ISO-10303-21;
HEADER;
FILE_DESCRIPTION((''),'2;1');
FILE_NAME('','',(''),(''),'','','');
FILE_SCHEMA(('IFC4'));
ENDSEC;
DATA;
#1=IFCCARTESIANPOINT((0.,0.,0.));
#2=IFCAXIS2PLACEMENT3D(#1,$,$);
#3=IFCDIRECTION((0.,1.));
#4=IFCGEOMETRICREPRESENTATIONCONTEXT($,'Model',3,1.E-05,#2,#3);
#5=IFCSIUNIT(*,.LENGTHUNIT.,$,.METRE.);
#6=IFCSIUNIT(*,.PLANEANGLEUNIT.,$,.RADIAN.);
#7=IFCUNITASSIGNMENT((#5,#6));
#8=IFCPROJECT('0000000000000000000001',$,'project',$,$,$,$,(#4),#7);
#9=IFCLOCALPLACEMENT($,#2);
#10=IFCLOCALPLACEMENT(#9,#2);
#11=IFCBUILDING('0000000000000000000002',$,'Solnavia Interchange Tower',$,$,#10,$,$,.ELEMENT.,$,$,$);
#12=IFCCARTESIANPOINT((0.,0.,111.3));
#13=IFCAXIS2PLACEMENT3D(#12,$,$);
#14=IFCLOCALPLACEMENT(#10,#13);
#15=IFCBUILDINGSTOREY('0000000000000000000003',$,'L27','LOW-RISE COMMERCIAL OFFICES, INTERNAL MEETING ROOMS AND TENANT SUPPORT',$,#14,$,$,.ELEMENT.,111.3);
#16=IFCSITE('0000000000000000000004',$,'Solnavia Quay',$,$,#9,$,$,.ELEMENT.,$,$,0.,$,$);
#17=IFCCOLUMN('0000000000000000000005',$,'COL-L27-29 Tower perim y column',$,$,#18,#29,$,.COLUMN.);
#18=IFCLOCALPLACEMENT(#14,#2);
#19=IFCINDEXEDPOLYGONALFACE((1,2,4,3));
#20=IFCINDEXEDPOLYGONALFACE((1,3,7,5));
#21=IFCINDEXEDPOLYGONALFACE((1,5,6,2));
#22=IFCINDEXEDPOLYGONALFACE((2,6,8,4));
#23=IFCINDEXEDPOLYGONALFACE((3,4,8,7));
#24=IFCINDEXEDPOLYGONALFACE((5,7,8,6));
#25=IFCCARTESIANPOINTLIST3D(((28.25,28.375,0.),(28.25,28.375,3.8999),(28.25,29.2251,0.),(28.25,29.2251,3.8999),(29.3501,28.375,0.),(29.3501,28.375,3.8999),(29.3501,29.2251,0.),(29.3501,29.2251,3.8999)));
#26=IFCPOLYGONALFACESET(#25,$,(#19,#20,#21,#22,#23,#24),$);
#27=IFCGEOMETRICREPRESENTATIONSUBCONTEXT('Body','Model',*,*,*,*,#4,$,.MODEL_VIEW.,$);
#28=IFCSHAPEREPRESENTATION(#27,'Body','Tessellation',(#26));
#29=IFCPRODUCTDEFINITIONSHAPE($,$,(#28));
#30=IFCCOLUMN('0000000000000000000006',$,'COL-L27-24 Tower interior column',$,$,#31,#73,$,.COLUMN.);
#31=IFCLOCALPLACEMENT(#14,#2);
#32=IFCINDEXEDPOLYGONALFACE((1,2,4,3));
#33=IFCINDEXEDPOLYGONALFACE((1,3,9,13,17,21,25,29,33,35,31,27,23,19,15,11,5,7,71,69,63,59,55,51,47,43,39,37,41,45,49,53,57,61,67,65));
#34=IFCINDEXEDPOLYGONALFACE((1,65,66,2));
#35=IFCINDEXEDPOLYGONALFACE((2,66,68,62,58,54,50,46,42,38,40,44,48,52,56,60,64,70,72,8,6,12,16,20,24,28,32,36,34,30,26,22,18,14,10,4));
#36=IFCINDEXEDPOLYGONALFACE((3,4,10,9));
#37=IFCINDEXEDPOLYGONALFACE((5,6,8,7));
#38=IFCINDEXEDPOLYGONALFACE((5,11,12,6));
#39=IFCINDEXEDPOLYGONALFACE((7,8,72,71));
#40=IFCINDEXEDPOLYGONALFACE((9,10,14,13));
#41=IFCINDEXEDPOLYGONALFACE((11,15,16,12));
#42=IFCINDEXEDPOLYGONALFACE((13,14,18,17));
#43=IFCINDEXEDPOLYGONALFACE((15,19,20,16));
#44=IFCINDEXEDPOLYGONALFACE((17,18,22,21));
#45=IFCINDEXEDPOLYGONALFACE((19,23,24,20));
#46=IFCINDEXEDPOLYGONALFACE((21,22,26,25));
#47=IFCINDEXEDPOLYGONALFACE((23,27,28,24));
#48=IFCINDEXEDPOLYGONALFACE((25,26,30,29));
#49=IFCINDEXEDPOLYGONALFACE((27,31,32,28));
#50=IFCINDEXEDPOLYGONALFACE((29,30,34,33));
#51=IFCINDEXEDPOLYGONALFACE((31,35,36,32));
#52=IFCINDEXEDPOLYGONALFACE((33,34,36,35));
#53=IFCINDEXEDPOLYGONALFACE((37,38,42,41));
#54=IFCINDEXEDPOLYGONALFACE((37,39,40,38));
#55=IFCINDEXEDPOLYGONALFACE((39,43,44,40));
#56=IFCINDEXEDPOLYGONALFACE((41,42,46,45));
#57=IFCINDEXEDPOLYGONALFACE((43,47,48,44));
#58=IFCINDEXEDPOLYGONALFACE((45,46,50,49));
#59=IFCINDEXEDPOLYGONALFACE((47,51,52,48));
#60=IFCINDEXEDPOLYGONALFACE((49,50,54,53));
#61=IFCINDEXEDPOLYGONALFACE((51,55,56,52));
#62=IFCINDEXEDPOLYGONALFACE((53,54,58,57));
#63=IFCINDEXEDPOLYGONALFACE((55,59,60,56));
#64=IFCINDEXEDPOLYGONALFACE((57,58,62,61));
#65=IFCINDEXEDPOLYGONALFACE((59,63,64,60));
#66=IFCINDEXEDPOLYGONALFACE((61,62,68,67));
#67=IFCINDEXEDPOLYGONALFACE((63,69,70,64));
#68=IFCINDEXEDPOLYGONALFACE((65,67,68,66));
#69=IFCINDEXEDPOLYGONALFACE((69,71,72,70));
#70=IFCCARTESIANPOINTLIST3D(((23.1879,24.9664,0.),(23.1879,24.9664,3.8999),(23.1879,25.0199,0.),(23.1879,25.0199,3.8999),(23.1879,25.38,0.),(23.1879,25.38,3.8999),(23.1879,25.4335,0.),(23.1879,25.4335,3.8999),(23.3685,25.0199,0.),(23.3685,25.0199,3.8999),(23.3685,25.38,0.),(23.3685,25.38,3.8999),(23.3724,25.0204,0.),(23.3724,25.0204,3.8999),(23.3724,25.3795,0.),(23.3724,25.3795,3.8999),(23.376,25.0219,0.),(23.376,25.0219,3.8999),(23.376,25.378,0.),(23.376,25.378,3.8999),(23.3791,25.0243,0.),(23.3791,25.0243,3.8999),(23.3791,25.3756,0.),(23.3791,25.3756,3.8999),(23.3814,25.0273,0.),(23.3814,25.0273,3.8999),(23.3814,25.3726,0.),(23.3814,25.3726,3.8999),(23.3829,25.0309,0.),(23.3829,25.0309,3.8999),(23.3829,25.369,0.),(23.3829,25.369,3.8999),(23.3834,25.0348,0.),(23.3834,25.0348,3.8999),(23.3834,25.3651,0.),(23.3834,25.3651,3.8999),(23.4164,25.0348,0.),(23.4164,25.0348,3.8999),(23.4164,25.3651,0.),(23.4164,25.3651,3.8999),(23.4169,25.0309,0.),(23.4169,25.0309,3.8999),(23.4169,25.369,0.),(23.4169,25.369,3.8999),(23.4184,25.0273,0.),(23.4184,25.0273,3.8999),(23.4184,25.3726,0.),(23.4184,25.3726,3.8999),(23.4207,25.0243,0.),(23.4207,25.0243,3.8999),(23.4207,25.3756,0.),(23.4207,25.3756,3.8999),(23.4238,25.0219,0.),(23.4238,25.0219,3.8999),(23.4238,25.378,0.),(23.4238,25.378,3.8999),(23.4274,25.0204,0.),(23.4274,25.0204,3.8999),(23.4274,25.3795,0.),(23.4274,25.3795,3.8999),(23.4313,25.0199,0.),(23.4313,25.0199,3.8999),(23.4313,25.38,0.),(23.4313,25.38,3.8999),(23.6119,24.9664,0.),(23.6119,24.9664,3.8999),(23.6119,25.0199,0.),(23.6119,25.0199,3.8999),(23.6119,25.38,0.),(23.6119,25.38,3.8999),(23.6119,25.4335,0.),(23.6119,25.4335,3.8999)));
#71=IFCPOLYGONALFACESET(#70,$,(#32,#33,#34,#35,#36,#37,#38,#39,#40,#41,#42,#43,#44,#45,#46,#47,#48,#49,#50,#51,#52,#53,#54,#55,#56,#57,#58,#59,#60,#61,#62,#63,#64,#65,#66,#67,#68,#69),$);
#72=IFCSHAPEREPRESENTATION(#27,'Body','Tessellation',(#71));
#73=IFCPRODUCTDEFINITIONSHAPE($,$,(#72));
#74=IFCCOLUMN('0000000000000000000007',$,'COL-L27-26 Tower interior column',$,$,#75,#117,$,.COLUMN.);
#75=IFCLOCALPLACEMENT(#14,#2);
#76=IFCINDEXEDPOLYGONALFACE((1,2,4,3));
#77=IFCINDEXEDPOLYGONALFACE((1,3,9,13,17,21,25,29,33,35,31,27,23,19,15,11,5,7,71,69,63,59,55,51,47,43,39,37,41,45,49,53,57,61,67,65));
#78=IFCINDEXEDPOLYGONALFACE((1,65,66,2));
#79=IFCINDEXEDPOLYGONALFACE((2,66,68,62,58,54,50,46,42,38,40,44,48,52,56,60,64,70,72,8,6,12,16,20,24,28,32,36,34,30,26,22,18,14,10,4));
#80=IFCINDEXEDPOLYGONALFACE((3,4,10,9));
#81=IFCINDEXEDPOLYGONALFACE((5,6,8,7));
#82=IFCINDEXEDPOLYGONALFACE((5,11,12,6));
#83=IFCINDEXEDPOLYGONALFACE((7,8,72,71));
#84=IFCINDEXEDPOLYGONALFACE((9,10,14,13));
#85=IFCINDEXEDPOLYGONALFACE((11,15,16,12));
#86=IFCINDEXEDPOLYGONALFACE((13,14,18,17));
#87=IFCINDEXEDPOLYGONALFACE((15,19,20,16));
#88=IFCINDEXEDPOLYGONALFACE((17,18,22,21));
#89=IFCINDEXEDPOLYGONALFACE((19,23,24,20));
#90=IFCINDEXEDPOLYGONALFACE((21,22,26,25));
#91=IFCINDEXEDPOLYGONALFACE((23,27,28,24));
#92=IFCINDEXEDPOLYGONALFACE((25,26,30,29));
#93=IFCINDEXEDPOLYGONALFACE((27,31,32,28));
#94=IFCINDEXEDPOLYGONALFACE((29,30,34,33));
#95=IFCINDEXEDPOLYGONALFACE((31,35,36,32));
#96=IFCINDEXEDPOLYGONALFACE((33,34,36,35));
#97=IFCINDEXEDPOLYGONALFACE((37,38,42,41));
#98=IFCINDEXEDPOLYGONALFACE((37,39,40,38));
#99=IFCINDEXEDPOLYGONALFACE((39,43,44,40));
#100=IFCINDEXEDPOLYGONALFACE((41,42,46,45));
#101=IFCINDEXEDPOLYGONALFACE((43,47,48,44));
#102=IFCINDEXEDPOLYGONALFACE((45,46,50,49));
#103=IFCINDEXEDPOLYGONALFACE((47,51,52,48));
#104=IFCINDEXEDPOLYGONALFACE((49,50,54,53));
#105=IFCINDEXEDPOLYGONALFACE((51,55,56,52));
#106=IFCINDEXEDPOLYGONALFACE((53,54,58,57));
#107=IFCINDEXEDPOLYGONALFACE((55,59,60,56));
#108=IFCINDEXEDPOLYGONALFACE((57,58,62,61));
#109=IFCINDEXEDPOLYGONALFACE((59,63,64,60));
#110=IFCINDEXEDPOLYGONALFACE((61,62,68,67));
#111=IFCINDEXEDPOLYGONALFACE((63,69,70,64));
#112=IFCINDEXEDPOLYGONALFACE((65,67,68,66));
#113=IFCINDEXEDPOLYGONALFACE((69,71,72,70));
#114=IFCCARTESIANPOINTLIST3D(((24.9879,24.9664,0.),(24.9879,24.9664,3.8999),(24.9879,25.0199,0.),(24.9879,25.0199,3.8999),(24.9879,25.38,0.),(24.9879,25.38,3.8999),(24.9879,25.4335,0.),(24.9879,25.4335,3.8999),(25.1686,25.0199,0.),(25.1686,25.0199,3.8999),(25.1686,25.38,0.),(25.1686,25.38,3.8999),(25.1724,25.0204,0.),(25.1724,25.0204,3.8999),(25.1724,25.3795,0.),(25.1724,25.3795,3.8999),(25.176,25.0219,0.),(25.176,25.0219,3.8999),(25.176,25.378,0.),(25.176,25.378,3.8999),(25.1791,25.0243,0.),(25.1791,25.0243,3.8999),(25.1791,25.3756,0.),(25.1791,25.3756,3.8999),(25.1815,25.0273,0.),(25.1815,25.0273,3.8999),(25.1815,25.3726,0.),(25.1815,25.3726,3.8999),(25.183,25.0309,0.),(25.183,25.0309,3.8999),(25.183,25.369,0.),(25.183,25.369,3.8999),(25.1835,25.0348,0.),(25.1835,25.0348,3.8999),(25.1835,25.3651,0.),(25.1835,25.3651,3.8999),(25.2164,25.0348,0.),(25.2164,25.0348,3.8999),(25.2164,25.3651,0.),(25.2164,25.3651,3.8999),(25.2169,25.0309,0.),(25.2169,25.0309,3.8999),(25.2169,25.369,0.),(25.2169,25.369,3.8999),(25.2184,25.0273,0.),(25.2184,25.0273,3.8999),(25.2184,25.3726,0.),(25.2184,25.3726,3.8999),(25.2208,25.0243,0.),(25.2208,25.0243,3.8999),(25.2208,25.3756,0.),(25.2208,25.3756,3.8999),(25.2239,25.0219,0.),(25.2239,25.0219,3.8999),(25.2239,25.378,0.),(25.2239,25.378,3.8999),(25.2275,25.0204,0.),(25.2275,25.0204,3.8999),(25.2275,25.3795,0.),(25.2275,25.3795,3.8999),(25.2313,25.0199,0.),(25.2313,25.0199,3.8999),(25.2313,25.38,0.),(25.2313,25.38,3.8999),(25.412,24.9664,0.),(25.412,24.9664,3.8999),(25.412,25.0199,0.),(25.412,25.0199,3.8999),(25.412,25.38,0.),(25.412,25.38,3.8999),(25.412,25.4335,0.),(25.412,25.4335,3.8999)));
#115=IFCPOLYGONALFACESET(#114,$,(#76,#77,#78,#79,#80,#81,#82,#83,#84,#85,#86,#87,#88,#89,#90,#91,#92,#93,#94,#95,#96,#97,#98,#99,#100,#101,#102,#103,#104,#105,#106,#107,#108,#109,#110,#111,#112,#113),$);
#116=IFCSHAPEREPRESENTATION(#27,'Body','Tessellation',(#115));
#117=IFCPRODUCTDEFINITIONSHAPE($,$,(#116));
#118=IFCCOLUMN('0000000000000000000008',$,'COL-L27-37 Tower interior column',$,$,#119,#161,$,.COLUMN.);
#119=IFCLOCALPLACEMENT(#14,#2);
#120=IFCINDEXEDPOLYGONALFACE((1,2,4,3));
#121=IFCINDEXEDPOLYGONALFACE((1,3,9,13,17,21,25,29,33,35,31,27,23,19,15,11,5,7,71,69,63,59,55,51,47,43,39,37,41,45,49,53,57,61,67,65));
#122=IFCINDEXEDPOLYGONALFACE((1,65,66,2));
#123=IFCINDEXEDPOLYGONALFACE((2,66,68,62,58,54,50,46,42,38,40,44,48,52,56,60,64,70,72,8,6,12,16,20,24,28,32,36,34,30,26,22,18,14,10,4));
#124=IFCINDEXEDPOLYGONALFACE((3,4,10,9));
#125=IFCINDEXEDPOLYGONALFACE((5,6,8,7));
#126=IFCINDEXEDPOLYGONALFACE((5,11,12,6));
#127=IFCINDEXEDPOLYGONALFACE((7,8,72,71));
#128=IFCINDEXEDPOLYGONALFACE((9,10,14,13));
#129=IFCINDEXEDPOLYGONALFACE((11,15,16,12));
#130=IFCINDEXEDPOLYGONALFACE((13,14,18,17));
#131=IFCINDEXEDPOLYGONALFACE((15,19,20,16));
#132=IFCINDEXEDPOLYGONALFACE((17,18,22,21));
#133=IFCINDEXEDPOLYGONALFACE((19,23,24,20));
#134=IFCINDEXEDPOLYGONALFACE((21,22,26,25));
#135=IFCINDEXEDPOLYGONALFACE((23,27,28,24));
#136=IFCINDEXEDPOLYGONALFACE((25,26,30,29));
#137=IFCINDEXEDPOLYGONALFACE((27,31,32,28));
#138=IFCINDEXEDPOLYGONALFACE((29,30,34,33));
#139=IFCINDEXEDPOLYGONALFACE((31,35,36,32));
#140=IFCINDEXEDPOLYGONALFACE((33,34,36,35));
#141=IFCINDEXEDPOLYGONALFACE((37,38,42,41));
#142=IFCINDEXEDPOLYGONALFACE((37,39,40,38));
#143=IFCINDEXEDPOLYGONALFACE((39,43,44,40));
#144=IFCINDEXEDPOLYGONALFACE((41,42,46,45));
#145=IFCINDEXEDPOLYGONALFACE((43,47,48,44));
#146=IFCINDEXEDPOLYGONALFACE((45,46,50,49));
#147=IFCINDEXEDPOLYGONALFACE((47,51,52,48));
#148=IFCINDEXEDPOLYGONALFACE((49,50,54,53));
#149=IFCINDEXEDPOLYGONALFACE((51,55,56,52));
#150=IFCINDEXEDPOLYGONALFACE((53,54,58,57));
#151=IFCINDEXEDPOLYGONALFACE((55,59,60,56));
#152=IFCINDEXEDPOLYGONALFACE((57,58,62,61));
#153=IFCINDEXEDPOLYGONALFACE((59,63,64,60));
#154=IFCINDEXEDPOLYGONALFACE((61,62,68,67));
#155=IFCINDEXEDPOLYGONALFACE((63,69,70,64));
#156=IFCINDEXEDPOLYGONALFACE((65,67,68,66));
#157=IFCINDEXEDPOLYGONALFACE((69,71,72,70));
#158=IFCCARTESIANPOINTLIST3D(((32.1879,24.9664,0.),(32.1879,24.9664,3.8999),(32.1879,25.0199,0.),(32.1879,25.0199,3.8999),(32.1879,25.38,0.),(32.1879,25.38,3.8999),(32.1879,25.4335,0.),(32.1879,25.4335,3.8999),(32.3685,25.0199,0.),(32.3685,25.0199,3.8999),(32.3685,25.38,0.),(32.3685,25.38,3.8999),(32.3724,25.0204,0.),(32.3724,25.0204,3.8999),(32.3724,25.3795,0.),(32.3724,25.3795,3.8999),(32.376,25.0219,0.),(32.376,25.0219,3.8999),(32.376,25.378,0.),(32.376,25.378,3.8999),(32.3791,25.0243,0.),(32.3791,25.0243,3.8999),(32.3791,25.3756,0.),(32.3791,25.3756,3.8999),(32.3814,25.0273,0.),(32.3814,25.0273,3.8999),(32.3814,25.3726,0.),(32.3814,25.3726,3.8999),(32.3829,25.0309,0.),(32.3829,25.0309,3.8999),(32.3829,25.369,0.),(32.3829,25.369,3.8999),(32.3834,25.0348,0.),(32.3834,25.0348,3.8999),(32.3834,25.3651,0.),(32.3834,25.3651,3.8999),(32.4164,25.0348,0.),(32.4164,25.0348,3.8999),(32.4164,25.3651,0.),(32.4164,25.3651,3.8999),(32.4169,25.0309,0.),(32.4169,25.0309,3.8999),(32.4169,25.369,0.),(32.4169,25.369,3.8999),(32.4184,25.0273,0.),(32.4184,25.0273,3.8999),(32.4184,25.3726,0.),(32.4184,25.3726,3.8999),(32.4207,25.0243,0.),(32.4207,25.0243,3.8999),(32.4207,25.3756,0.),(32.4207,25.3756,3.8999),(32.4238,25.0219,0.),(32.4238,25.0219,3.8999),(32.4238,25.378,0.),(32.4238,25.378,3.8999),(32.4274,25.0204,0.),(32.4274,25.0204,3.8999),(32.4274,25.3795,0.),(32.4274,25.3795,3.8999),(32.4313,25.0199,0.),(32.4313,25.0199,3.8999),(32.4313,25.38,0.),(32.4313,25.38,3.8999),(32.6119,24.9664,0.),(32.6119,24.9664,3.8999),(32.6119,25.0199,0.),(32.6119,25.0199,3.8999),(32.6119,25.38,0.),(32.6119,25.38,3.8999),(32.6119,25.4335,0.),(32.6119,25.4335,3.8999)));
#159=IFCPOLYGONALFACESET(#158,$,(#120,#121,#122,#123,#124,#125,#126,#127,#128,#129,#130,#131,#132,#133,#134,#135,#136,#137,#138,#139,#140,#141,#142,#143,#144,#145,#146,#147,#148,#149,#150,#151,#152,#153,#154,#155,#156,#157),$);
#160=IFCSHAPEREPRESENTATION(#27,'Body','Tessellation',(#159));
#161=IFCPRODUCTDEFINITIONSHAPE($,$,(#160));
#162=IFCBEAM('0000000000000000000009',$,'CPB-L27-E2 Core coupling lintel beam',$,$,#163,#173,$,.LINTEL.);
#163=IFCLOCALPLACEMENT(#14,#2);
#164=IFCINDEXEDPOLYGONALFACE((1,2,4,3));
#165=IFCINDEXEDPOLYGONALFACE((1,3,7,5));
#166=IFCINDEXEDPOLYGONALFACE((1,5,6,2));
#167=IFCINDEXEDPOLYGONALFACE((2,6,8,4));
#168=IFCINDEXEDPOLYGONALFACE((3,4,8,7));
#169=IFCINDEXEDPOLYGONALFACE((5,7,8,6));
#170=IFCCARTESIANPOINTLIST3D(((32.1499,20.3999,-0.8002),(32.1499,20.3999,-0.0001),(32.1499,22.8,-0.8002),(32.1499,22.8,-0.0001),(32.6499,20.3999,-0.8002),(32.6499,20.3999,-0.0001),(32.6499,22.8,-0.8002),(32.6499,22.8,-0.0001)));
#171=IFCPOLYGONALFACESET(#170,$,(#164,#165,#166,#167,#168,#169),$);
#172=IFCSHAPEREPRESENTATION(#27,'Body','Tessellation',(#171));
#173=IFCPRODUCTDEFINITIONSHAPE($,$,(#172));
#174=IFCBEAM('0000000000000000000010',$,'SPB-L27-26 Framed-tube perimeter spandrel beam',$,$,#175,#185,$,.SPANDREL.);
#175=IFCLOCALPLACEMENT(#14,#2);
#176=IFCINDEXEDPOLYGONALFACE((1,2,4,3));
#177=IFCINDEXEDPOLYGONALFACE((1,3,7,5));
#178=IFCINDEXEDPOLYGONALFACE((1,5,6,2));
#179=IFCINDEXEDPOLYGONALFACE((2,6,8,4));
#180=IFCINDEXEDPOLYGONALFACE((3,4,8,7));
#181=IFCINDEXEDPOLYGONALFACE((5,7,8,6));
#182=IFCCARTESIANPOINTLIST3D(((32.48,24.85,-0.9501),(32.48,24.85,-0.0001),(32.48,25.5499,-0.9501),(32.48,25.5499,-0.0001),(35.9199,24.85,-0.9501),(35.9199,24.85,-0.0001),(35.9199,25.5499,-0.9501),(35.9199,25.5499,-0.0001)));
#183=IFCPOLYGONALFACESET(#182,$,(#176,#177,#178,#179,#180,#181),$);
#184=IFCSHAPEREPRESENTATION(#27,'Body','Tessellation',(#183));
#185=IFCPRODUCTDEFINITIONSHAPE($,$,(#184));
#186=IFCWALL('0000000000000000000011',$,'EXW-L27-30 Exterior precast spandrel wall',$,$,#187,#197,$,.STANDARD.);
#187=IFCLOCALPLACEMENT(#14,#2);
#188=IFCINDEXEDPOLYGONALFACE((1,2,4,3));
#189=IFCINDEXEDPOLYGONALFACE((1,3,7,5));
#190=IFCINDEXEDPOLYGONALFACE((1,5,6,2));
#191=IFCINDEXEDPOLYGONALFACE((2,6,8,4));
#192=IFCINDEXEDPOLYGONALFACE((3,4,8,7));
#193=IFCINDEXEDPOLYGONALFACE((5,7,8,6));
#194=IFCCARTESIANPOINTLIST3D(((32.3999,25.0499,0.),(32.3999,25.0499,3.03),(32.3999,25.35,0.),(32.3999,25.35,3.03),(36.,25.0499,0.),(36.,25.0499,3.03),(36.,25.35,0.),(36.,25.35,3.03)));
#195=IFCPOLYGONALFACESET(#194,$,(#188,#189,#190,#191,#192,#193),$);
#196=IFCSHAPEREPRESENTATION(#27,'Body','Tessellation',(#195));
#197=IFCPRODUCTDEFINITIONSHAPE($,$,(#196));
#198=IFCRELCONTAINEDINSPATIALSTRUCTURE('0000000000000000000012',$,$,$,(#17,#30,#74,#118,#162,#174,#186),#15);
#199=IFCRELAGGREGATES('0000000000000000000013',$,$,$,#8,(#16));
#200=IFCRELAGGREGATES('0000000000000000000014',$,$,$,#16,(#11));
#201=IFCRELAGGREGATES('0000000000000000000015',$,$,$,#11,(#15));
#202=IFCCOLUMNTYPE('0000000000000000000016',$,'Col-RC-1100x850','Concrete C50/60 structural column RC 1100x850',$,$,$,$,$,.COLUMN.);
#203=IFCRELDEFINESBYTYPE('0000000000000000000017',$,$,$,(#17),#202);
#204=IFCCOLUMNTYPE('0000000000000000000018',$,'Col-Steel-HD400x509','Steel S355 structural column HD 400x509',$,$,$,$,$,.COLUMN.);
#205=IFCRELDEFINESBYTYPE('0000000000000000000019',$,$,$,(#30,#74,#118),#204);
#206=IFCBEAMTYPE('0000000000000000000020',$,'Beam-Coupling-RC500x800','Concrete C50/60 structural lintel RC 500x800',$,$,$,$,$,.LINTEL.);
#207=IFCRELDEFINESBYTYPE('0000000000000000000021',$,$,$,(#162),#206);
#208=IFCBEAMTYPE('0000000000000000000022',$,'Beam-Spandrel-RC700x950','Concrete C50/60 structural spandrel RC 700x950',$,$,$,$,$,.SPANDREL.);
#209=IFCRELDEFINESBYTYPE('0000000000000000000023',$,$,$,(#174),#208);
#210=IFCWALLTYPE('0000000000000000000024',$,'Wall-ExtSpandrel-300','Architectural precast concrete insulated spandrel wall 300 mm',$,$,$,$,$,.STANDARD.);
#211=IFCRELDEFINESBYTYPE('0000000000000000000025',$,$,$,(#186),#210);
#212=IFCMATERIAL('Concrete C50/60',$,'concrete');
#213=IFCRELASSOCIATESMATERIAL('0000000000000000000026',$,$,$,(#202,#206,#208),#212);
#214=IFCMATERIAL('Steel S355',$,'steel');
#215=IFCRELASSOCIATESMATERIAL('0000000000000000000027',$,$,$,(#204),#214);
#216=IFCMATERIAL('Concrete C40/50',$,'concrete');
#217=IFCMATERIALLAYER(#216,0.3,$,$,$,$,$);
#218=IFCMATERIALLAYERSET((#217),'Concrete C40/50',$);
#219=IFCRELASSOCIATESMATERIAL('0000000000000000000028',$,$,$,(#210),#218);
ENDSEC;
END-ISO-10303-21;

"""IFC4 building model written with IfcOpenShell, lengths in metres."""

from ifc_helpers import new_model, si_unit, direction, frame, frame_2d, origin, origin_2d, place, context, subcontext, project, spatial, rectangle, i_section, extrude, material, layer, layer_set, material_profile, profile_set, type_object, element, save


model = new_model("IFC4")

# Units and contexts
model_context = context("Model", 3, precision=1e-05, world=origin(), true_north=direction((0.0, 1.0)))
body_context = subcontext(model_context, "Body", "Model", "MODEL_VIEW")
ifc_project = project(units=[si_unit("LENGTHUNIT", "METRE"), si_unit("PLANEANGLEUNIT", "RADIAN")], contexts=[model_context])

# Site, building, storey
site_placement = place(None, origin())
site = spatial("IfcSite", under=ifc_project, at=site_placement, Name="Solnavia Quay", CompositionType="ELEMENT", RefElevation=0.0)
building_placement = place(site_placement, origin())
building = spatial("IfcBuilding", under=site, at=building_placement, Name="Solnavia Interchange Tower", CompositionType="ELEMENT")
storey_placement = place(building_placement, frame((0.0, 0.0, 111.3)))
storey = spatial("IfcBuildingStorey", under=building, at=storey_placement, Name="L27", Description="LOW-RISE COMMERCIAL OFFICES, INTERNAL MEETING ROOMS AND TENANT SUPPORT", CompositionType="ELEMENT", Elevation=111.3)

# Columns
ifc_material_1 = material(Name="Concrete C50/60", Category="concrete")
ifc_material_profile_1 = material_profile(ifc_material_1, rectangle(XDim=0.8501, YDim=1.1001, at=origin_2d()), Name="RC 1100x850")
ifc_profile_set_1 = profile_set([ifc_material_profile_1], Name="Concrete C50/60")
column_type_1 = type_object("IfcColumnType", Name="Col-RC-1100x850", Description="Concrete C50/60 structural column RC 1100x850", PredefinedType="COLUMN", material=ifc_profile_set_1)
column_placement = place(storey_placement, frame((28.8, 28.8, 0.0), z_axis=(0.0, 0.0, 1.0), x_axis=(0.0, 1.0, 0.0)))
element("IfcColumn", 1, at=column_placement, inside=storey, type_object=column_type_1, Name="COL-L27-29 Tower perim y column", PredefinedType="COLUMN", context=body_context, shape_type="SweptSolid", body=[
    extrude(rectangle(XDim=0.8501, YDim=1.1001, at=origin_2d()), origin(), (0.0, 0.0, 1.0), 3.8999),
])
ifc_material_2 = material(Name="Steel S355", Category="steel")
ifc_material_profile_2 = material_profile(ifc_material_2, i_section(OverallWidth=0.4241, OverallDepth=0.467, WebThickness=0.033, FlangeThickness=0.0535, FilletRadius=0.0149, at=origin_2d()), Name="HD 400x509")
ifc_profile_set_2 = profile_set([ifc_material_profile_2], Name="Steel S355")
column_type_2 = type_object("IfcColumnType", Name="Col-Steel-HD400x509", Description="Steel S355 structural column HD 400x509", PredefinedType="COLUMN", material=ifc_profile_set_2)
for number, where, z_axis, x_axis, name in (
    (2, (23.3999, 25.2, 0.0), (0.0, 0.0, 1.0), (1.0, 0.0, 0.0), "COL-L27-24 Tower interior column"),
    (3, (25.2, 25.2, 0.0), (0.0, 0.0, 1.0), (1.0, 0.0, 0.0), "COL-L27-26 Tower interior column"),
    (4, (32.3999, 25.2, 0.0), (0.0, 0.0, 1.0), (1.0, 0.0, 0.0), "COL-L27-37 Tower interior column"),
):
    element("IfcColumn", number, at=place(storey_placement, frame(where, z_axis=z_axis, x_axis=x_axis)), inside=storey, type_object=column_type_2, Name=name, PredefinedType="COLUMN", context=body_context, shape_type="SweptSolid", body=[
        extrude(i_section(OverallWidth=0.4241, OverallDepth=0.467, WebThickness=0.033, FlangeThickness=0.0535, FilletRadius=0.0149, at=origin_2d()), origin(), (0.0, 0.0, 1.0), 3.8999),
    ])

# Beams
ifc_material_profile_3 = material_profile(ifc_material_1, rectangle(XDim=0.5, YDim=0.8, at=origin_2d()), Name="RC 500x800")
ifc_profile_set_3 = profile_set([ifc_material_profile_3], Name="Concrete C50/60")
beam_type_1 = type_object("IfcBeamType", Name="Beam-Coupling-RC500x800", Description="Concrete C50/60 structural lintel RC 500x800", PredefinedType="LINTEL", material=ifc_profile_set_3)
beam_1_placement = place(storey_placement, frame((32.3999, 20.3999, -0.4001), z_axis=(0.0, 1.0, 0.0), x_axis=(-1.0, 0.0, 0.0)))
element("IfcBeam", 5, at=beam_1_placement, inside=storey, type_object=beam_type_1, Name="CPB-L27-E2 Core coupling lintel beam", PredefinedType="LINTEL", context=body_context, shape_type="SweptSolid", body=[
    extrude(rectangle(XDim=0.5, YDim=0.8, at=origin_2d()), origin(), (0.0, 0.0, 1.0), 2.4001),
])
ifc_material_profile_4 = material_profile(ifc_material_1, rectangle(XDim=0.7, YDim=0.95, at=origin_2d()), Name="RC 700x950")
ifc_profile_set_4 = profile_set([ifc_material_profile_4], Name="Concrete C50/60")
beam_type_2 = type_object("IfcBeamType", Name="Beam-Spandrel-RC700x950", Description="Concrete C50/60 structural spandrel RC 700x950", PredefinedType="SPANDREL", material=ifc_profile_set_4)
beam_2_placement = place(storey_placement, frame((35.9199, 25.2, -0.4751), z_axis=(-1.0, 0.0, 0.0), x_axis=(0.0, -1.0, 0.0)))
element("IfcBeam", 6, at=beam_2_placement, inside=storey, type_object=beam_type_2, Name="SPB-L27-26 Framed-tube perimeter spandrel beam", PredefinedType="SPANDREL", context=body_context, shape_type="SweptSolid", body=[
    extrude(rectangle(XDim=0.7, YDim=0.95, at=origin_2d()), origin(), (0.0, 0.0, 1.0), 3.4399),
])

# Wall
ifc_material_3 = material(Name="Concrete C40/50", Category="concrete")
ifc_layer_1 = layer(ifc_material_3, 0.3)
ifc_layer_set_1 = layer_set([ifc_layer_1], Name="Concrete C40/50")
wall_type_1 = type_object("IfcWallType", Name="Wall-ExtSpandrel-300", Description="Architectural precast concrete insulated spandrel wall 300 mm", PredefinedType="STANDARD", material=ifc_layer_set_1)
wall_1_placement = place(storey_placement, frame((32.3999, 25.2, 0.0), z_axis=(0.0, 0.0, 1.0), x_axis=(1.0, 0.0, 0.0)))
element("IfcWall", 7, at=wall_1_placement, inside=storey, type_object=wall_type_1, Name="EXW-L27-30 Exterior precast spandrel wall", PredefinedType="STANDARD", context=body_context, shape_type="SweptSolid", body=[
    extrude(rectangle(XDim=3.6001, YDim=0.3, at=frame_2d((1.8, 0.0))), origin(), (0.0, 0.0, 1.0), 3.03),
])

save(model, "model.ifc")
